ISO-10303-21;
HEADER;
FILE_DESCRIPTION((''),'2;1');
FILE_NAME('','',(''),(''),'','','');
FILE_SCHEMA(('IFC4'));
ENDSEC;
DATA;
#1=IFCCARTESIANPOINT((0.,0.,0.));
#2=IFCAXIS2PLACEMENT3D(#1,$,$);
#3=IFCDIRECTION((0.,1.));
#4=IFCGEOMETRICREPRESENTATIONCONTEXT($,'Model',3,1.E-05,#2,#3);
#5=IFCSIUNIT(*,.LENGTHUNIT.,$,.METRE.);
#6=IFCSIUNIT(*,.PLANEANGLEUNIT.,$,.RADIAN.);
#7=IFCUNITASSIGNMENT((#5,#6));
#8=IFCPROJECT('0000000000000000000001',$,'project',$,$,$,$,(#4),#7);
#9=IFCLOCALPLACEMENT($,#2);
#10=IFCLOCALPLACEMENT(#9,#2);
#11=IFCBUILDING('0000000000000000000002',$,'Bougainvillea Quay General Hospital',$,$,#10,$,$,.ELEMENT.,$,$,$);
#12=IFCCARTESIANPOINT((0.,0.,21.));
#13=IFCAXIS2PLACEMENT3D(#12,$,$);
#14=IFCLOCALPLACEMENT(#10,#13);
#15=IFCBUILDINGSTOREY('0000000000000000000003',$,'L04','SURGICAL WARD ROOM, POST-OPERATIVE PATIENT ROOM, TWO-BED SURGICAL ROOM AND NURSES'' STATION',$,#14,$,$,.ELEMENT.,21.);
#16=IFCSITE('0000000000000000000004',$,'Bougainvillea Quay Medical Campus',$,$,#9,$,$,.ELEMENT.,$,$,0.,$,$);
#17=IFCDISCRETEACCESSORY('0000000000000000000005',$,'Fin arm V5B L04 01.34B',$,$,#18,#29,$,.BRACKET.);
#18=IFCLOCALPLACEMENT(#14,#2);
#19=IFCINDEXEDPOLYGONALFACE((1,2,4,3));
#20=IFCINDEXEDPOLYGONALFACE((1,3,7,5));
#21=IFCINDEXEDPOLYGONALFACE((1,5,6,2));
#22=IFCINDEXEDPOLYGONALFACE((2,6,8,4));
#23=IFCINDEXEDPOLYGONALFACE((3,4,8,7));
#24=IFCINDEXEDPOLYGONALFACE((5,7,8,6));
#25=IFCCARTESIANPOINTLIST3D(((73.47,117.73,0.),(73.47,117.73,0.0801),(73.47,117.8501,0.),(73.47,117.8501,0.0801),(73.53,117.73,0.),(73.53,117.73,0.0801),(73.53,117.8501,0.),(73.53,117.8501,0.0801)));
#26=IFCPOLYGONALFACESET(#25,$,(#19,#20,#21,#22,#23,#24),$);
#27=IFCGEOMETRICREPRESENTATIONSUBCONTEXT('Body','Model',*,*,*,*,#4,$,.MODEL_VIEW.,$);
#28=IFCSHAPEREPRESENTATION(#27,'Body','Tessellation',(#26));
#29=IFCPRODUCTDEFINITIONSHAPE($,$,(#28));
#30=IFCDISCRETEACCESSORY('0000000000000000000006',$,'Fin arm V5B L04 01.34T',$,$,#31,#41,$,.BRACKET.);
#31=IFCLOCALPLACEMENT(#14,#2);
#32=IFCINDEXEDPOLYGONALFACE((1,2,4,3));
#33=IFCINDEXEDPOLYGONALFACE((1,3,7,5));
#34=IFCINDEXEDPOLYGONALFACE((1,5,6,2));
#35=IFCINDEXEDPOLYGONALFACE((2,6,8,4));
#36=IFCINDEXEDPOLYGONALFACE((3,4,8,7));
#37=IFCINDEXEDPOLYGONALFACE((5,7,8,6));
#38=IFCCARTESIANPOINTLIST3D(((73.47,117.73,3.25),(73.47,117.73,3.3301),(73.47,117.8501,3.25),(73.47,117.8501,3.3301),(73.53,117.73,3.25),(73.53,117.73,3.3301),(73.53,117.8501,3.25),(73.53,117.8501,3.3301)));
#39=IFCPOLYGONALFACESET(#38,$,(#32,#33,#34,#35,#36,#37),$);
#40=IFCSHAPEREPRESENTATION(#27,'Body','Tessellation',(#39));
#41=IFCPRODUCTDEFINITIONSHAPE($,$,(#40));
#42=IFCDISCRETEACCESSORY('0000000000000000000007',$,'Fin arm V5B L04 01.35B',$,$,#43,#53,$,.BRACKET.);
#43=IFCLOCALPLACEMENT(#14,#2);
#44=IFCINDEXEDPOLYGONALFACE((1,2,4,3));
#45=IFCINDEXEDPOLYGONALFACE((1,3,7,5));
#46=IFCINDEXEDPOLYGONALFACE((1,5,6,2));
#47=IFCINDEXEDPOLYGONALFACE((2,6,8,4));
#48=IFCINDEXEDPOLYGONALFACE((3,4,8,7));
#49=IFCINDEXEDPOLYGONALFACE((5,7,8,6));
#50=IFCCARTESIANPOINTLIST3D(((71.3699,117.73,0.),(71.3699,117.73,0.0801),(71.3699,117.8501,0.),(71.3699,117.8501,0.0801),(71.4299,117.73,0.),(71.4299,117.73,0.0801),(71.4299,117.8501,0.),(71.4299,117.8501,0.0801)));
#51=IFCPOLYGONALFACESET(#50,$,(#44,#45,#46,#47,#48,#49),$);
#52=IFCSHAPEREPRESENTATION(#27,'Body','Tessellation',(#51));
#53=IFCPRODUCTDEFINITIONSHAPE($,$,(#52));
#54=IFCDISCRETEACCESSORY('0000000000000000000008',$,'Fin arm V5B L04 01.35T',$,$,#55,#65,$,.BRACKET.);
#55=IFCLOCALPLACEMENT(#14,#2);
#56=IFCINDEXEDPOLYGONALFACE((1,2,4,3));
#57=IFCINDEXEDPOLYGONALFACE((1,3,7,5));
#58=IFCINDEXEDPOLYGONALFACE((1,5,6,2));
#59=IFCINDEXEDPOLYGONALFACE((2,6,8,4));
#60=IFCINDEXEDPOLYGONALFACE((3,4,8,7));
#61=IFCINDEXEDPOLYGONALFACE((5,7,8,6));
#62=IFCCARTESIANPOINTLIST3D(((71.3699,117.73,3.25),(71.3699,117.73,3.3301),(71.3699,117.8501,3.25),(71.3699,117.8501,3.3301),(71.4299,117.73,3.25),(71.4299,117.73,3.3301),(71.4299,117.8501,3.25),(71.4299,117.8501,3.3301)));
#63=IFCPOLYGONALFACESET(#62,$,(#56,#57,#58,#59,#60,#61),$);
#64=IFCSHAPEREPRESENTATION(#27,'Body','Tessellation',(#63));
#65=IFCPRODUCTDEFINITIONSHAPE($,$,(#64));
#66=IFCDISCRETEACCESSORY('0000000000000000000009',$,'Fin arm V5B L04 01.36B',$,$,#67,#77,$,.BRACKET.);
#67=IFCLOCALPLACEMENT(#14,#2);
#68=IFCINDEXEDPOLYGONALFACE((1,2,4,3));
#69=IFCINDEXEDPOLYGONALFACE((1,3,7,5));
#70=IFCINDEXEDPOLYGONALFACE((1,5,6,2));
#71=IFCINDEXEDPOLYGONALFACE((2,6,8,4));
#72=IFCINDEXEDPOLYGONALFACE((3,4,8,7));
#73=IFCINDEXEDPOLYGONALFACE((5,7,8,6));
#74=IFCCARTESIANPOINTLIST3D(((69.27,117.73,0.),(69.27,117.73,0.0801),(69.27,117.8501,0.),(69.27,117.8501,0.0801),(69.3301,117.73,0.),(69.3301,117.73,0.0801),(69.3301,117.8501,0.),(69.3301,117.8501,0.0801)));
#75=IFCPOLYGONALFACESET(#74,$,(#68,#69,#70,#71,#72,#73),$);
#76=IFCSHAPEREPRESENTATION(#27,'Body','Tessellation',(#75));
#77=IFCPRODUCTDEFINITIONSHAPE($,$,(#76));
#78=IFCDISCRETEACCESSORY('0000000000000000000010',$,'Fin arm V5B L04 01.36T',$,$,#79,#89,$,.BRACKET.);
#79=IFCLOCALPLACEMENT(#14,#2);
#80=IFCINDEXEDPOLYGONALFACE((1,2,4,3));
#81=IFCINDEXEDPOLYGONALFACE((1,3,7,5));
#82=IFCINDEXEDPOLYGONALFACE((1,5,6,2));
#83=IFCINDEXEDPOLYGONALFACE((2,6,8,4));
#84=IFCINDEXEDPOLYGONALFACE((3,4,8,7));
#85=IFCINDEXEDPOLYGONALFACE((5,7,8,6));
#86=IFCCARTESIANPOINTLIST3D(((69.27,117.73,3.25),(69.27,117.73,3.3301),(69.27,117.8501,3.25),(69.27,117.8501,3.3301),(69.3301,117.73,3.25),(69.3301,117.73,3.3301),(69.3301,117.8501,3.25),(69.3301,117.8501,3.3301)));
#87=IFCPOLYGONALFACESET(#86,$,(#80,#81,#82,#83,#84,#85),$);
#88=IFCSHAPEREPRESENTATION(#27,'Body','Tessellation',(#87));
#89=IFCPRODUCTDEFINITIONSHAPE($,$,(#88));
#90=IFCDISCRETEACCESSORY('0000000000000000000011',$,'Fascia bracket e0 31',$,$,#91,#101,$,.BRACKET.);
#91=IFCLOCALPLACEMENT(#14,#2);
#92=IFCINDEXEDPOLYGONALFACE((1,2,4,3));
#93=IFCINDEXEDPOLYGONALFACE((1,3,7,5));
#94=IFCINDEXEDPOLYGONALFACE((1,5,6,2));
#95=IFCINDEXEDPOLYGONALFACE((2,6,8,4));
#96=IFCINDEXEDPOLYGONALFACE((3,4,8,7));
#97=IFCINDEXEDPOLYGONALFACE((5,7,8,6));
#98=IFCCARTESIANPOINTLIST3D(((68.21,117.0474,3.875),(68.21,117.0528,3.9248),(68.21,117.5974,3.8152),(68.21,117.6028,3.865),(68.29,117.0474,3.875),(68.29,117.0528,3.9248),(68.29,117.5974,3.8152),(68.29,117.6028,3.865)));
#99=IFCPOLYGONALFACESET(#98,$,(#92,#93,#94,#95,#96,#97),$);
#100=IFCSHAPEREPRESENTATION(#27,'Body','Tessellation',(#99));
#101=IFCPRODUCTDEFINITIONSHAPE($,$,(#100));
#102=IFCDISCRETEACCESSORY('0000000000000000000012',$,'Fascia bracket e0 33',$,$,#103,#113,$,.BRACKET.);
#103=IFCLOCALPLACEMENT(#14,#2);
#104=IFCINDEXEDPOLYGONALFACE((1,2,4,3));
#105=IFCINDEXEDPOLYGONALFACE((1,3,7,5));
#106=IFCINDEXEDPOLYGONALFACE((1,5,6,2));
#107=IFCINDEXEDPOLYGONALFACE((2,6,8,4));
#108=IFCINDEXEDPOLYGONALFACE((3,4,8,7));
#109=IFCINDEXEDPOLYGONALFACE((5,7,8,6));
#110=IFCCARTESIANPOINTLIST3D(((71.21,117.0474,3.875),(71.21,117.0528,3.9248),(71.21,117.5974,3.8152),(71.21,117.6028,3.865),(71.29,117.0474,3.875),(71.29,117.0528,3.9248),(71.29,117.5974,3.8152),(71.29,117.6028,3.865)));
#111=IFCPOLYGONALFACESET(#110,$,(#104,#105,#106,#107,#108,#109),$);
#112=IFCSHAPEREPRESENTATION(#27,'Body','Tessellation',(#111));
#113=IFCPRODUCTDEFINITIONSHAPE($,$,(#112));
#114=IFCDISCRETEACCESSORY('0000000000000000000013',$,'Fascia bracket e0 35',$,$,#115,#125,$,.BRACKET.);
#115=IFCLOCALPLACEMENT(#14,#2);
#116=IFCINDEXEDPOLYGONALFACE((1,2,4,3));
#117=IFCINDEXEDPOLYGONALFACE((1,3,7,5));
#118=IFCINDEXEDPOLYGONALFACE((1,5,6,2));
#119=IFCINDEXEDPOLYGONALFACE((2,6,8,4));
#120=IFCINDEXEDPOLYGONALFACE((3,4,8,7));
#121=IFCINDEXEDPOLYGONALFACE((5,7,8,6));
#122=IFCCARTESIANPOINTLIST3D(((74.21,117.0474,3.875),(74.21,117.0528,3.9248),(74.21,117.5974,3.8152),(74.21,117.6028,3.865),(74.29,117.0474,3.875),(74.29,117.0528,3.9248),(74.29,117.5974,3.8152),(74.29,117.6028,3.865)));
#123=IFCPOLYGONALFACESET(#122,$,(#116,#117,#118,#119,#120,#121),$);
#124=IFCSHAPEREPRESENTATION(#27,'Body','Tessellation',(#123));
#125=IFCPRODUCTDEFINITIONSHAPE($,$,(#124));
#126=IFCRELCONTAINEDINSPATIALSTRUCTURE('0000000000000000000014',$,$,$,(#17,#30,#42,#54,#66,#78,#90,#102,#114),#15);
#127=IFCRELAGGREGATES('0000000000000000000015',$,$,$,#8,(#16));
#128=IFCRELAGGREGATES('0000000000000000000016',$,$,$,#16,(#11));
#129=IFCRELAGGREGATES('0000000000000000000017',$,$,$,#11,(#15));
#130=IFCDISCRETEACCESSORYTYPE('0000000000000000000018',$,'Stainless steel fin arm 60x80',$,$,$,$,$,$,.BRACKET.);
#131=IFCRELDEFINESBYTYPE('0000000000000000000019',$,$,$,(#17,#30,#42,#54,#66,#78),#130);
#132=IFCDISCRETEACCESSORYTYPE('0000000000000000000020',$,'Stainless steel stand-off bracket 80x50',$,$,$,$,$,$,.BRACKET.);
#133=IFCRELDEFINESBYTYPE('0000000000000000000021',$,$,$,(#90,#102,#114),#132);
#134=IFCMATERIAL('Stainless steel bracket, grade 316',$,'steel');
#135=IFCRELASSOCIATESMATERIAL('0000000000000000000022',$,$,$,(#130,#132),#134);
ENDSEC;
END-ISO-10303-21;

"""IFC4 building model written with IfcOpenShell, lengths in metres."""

from ifc_helpers import new_model, si_unit, direction, frame, origin, origin_2d, place, context, subcontext, project, spatial, rectangle, extrude, material, material_profile, profile_set, type_object, element, save


model = new_model("IFC4")

# Units and contexts
model_context = context("Model", 3, precision=1e-05, world=origin(), true_north=direction((0.0, 1.0)))
body_context = subcontext(model_context, "Body", "Model", "MODEL_VIEW")
ifc_project = project(units=[si_unit("LENGTHUNIT", "METRE"), si_unit("PLANEANGLEUNIT", "RADIAN")], contexts=[model_context])

# Site, building, storey
site_placement = place(None, origin())
site = spatial("IfcSite", under=ifc_project, at=site_placement, Name="Bougainvillea Quay Medical Campus", CompositionType="ELEMENT", RefElevation=0.0)
building_placement = place(site_placement, origin())
building = spatial("IfcBuilding", under=site, at=building_placement, Name="Bougainvillea Quay General Hospital", CompositionType="ELEMENT")
storey_placement = place(building_placement, frame((0.0, 0.0, 21.0)))
storey = spatial("IfcBuildingStorey", under=building, at=storey_placement, Name="L04", Description="SURGICAL WARD ROOM, POST-OPERATIVE PATIENT ROOM, TWO-BED SURGICAL ROOM AND NURSES' STATION", CompositionType="ELEMENT", Elevation=21.0)

# Discrete accessories
ifc_material_1 = material(Name="Stainless steel bracket, grade 316", Category="steel")
discrete_accessory_type_1 = type_object("IfcDiscreteAccessoryType", Name="Stainless steel fin arm 60x80", PredefinedType="BRACKET", material=ifc_material_1)
for number, where, z_axis, x_axis, name in (
    (1, (73.5, 117.79, 0.0), (0.0, 0.0, 1.0), (0.0, -1.0, 0.0), "Fin arm V5B L04 01.34B"),
    (2, (73.5, 117.79, 3.25), (0.0, 0.0, 1.0), (0.0, -1.0, 0.0), "Fin arm V5B L04 01.34T"),
    (3, (71.3999, 117.79, 0.0), (0.0, 0.0, 1.0), (0.0, -1.0, 0.0), "Fin arm V5B L04 01.35B"),
    (4, (71.3999, 117.79, 3.25), (0.0, 0.0, 1.0), (0.0, -1.0, 0.0), "Fin arm V5B L04 01.35T"),
    (5, (69.3, 117.79, 0.0), (0.0, 0.0, 1.0), (0.0, -1.0, 0.0), "Fin arm V5B L04 01.36B"),
    (6, (69.3, 117.79, 3.25), (0.0, 0.0, 1.0), (0.0, -1.0, 0.0), "Fin arm V5B L04 01.36T"),
):
    element("IfcDiscreteAccessory", number, at=place(storey_placement, frame(where, z_axis=z_axis, x_axis=x_axis)), inside=storey, type_object=discrete_accessory_type_1, Name=name, PredefinedType="BRACKET", context=body_context, shape_type="SweptSolid", body=[
        extrude(rectangle(XDim=0.1201, YDim=0.0601, at=origin_2d()), origin(), (0.0, 0.0, 1.0), 0.0801),
    ])
ifc_material_profile_1 = material_profile(ifc_material_1, rectangle(XDim=0.0801, YDim=0.05, at=origin_2d()))
ifc_profile_set_1 = profile_set([ifc_material_profile_1], Name="Stainless steel bracket, grade 316")
discrete_accessory_type_2 = type_object("IfcDiscreteAccessoryType", Name="Stainless steel stand-off bracket 80x50", PredefinedType="BRACKET", material=ifc_profile_set_1)
for number, where, z_axis, x_axis, name in (
    (7, (68.25, 117.6001, 3.8401), (0.0, -0.994139, 0.108107), (1.0, 0.0, 0.0), "Fascia bracket e0 31"),
    (8, (71.25, 117.6001, 3.8401), (0.0, -0.994139, 0.108107), (1.0, 0.0, 0.0), "Fascia bracket e0 33"),
    (9, (74.25, 117.6001, 3.8401), (0.0, -0.994139, 0.108107), (1.0, 0.0, 0.0), "Fascia bracket e0 35"),
):
    element("IfcDiscreteAccessory", number, at=place(storey_placement, frame(where, z_axis=z_axis, x_axis=x_axis)), inside=storey, type_object=discrete_accessory_type_2, Name=name, PredefinedType="BRACKET", context=body_context, shape_type="SweptSolid", body=[
        extrude(rectangle(XDim=0.0801, YDim=0.05, at=origin_2d()), origin(), (0.0, 0.0, 1.0), 0.5532),
    ])

save(model, "model.ifc")
